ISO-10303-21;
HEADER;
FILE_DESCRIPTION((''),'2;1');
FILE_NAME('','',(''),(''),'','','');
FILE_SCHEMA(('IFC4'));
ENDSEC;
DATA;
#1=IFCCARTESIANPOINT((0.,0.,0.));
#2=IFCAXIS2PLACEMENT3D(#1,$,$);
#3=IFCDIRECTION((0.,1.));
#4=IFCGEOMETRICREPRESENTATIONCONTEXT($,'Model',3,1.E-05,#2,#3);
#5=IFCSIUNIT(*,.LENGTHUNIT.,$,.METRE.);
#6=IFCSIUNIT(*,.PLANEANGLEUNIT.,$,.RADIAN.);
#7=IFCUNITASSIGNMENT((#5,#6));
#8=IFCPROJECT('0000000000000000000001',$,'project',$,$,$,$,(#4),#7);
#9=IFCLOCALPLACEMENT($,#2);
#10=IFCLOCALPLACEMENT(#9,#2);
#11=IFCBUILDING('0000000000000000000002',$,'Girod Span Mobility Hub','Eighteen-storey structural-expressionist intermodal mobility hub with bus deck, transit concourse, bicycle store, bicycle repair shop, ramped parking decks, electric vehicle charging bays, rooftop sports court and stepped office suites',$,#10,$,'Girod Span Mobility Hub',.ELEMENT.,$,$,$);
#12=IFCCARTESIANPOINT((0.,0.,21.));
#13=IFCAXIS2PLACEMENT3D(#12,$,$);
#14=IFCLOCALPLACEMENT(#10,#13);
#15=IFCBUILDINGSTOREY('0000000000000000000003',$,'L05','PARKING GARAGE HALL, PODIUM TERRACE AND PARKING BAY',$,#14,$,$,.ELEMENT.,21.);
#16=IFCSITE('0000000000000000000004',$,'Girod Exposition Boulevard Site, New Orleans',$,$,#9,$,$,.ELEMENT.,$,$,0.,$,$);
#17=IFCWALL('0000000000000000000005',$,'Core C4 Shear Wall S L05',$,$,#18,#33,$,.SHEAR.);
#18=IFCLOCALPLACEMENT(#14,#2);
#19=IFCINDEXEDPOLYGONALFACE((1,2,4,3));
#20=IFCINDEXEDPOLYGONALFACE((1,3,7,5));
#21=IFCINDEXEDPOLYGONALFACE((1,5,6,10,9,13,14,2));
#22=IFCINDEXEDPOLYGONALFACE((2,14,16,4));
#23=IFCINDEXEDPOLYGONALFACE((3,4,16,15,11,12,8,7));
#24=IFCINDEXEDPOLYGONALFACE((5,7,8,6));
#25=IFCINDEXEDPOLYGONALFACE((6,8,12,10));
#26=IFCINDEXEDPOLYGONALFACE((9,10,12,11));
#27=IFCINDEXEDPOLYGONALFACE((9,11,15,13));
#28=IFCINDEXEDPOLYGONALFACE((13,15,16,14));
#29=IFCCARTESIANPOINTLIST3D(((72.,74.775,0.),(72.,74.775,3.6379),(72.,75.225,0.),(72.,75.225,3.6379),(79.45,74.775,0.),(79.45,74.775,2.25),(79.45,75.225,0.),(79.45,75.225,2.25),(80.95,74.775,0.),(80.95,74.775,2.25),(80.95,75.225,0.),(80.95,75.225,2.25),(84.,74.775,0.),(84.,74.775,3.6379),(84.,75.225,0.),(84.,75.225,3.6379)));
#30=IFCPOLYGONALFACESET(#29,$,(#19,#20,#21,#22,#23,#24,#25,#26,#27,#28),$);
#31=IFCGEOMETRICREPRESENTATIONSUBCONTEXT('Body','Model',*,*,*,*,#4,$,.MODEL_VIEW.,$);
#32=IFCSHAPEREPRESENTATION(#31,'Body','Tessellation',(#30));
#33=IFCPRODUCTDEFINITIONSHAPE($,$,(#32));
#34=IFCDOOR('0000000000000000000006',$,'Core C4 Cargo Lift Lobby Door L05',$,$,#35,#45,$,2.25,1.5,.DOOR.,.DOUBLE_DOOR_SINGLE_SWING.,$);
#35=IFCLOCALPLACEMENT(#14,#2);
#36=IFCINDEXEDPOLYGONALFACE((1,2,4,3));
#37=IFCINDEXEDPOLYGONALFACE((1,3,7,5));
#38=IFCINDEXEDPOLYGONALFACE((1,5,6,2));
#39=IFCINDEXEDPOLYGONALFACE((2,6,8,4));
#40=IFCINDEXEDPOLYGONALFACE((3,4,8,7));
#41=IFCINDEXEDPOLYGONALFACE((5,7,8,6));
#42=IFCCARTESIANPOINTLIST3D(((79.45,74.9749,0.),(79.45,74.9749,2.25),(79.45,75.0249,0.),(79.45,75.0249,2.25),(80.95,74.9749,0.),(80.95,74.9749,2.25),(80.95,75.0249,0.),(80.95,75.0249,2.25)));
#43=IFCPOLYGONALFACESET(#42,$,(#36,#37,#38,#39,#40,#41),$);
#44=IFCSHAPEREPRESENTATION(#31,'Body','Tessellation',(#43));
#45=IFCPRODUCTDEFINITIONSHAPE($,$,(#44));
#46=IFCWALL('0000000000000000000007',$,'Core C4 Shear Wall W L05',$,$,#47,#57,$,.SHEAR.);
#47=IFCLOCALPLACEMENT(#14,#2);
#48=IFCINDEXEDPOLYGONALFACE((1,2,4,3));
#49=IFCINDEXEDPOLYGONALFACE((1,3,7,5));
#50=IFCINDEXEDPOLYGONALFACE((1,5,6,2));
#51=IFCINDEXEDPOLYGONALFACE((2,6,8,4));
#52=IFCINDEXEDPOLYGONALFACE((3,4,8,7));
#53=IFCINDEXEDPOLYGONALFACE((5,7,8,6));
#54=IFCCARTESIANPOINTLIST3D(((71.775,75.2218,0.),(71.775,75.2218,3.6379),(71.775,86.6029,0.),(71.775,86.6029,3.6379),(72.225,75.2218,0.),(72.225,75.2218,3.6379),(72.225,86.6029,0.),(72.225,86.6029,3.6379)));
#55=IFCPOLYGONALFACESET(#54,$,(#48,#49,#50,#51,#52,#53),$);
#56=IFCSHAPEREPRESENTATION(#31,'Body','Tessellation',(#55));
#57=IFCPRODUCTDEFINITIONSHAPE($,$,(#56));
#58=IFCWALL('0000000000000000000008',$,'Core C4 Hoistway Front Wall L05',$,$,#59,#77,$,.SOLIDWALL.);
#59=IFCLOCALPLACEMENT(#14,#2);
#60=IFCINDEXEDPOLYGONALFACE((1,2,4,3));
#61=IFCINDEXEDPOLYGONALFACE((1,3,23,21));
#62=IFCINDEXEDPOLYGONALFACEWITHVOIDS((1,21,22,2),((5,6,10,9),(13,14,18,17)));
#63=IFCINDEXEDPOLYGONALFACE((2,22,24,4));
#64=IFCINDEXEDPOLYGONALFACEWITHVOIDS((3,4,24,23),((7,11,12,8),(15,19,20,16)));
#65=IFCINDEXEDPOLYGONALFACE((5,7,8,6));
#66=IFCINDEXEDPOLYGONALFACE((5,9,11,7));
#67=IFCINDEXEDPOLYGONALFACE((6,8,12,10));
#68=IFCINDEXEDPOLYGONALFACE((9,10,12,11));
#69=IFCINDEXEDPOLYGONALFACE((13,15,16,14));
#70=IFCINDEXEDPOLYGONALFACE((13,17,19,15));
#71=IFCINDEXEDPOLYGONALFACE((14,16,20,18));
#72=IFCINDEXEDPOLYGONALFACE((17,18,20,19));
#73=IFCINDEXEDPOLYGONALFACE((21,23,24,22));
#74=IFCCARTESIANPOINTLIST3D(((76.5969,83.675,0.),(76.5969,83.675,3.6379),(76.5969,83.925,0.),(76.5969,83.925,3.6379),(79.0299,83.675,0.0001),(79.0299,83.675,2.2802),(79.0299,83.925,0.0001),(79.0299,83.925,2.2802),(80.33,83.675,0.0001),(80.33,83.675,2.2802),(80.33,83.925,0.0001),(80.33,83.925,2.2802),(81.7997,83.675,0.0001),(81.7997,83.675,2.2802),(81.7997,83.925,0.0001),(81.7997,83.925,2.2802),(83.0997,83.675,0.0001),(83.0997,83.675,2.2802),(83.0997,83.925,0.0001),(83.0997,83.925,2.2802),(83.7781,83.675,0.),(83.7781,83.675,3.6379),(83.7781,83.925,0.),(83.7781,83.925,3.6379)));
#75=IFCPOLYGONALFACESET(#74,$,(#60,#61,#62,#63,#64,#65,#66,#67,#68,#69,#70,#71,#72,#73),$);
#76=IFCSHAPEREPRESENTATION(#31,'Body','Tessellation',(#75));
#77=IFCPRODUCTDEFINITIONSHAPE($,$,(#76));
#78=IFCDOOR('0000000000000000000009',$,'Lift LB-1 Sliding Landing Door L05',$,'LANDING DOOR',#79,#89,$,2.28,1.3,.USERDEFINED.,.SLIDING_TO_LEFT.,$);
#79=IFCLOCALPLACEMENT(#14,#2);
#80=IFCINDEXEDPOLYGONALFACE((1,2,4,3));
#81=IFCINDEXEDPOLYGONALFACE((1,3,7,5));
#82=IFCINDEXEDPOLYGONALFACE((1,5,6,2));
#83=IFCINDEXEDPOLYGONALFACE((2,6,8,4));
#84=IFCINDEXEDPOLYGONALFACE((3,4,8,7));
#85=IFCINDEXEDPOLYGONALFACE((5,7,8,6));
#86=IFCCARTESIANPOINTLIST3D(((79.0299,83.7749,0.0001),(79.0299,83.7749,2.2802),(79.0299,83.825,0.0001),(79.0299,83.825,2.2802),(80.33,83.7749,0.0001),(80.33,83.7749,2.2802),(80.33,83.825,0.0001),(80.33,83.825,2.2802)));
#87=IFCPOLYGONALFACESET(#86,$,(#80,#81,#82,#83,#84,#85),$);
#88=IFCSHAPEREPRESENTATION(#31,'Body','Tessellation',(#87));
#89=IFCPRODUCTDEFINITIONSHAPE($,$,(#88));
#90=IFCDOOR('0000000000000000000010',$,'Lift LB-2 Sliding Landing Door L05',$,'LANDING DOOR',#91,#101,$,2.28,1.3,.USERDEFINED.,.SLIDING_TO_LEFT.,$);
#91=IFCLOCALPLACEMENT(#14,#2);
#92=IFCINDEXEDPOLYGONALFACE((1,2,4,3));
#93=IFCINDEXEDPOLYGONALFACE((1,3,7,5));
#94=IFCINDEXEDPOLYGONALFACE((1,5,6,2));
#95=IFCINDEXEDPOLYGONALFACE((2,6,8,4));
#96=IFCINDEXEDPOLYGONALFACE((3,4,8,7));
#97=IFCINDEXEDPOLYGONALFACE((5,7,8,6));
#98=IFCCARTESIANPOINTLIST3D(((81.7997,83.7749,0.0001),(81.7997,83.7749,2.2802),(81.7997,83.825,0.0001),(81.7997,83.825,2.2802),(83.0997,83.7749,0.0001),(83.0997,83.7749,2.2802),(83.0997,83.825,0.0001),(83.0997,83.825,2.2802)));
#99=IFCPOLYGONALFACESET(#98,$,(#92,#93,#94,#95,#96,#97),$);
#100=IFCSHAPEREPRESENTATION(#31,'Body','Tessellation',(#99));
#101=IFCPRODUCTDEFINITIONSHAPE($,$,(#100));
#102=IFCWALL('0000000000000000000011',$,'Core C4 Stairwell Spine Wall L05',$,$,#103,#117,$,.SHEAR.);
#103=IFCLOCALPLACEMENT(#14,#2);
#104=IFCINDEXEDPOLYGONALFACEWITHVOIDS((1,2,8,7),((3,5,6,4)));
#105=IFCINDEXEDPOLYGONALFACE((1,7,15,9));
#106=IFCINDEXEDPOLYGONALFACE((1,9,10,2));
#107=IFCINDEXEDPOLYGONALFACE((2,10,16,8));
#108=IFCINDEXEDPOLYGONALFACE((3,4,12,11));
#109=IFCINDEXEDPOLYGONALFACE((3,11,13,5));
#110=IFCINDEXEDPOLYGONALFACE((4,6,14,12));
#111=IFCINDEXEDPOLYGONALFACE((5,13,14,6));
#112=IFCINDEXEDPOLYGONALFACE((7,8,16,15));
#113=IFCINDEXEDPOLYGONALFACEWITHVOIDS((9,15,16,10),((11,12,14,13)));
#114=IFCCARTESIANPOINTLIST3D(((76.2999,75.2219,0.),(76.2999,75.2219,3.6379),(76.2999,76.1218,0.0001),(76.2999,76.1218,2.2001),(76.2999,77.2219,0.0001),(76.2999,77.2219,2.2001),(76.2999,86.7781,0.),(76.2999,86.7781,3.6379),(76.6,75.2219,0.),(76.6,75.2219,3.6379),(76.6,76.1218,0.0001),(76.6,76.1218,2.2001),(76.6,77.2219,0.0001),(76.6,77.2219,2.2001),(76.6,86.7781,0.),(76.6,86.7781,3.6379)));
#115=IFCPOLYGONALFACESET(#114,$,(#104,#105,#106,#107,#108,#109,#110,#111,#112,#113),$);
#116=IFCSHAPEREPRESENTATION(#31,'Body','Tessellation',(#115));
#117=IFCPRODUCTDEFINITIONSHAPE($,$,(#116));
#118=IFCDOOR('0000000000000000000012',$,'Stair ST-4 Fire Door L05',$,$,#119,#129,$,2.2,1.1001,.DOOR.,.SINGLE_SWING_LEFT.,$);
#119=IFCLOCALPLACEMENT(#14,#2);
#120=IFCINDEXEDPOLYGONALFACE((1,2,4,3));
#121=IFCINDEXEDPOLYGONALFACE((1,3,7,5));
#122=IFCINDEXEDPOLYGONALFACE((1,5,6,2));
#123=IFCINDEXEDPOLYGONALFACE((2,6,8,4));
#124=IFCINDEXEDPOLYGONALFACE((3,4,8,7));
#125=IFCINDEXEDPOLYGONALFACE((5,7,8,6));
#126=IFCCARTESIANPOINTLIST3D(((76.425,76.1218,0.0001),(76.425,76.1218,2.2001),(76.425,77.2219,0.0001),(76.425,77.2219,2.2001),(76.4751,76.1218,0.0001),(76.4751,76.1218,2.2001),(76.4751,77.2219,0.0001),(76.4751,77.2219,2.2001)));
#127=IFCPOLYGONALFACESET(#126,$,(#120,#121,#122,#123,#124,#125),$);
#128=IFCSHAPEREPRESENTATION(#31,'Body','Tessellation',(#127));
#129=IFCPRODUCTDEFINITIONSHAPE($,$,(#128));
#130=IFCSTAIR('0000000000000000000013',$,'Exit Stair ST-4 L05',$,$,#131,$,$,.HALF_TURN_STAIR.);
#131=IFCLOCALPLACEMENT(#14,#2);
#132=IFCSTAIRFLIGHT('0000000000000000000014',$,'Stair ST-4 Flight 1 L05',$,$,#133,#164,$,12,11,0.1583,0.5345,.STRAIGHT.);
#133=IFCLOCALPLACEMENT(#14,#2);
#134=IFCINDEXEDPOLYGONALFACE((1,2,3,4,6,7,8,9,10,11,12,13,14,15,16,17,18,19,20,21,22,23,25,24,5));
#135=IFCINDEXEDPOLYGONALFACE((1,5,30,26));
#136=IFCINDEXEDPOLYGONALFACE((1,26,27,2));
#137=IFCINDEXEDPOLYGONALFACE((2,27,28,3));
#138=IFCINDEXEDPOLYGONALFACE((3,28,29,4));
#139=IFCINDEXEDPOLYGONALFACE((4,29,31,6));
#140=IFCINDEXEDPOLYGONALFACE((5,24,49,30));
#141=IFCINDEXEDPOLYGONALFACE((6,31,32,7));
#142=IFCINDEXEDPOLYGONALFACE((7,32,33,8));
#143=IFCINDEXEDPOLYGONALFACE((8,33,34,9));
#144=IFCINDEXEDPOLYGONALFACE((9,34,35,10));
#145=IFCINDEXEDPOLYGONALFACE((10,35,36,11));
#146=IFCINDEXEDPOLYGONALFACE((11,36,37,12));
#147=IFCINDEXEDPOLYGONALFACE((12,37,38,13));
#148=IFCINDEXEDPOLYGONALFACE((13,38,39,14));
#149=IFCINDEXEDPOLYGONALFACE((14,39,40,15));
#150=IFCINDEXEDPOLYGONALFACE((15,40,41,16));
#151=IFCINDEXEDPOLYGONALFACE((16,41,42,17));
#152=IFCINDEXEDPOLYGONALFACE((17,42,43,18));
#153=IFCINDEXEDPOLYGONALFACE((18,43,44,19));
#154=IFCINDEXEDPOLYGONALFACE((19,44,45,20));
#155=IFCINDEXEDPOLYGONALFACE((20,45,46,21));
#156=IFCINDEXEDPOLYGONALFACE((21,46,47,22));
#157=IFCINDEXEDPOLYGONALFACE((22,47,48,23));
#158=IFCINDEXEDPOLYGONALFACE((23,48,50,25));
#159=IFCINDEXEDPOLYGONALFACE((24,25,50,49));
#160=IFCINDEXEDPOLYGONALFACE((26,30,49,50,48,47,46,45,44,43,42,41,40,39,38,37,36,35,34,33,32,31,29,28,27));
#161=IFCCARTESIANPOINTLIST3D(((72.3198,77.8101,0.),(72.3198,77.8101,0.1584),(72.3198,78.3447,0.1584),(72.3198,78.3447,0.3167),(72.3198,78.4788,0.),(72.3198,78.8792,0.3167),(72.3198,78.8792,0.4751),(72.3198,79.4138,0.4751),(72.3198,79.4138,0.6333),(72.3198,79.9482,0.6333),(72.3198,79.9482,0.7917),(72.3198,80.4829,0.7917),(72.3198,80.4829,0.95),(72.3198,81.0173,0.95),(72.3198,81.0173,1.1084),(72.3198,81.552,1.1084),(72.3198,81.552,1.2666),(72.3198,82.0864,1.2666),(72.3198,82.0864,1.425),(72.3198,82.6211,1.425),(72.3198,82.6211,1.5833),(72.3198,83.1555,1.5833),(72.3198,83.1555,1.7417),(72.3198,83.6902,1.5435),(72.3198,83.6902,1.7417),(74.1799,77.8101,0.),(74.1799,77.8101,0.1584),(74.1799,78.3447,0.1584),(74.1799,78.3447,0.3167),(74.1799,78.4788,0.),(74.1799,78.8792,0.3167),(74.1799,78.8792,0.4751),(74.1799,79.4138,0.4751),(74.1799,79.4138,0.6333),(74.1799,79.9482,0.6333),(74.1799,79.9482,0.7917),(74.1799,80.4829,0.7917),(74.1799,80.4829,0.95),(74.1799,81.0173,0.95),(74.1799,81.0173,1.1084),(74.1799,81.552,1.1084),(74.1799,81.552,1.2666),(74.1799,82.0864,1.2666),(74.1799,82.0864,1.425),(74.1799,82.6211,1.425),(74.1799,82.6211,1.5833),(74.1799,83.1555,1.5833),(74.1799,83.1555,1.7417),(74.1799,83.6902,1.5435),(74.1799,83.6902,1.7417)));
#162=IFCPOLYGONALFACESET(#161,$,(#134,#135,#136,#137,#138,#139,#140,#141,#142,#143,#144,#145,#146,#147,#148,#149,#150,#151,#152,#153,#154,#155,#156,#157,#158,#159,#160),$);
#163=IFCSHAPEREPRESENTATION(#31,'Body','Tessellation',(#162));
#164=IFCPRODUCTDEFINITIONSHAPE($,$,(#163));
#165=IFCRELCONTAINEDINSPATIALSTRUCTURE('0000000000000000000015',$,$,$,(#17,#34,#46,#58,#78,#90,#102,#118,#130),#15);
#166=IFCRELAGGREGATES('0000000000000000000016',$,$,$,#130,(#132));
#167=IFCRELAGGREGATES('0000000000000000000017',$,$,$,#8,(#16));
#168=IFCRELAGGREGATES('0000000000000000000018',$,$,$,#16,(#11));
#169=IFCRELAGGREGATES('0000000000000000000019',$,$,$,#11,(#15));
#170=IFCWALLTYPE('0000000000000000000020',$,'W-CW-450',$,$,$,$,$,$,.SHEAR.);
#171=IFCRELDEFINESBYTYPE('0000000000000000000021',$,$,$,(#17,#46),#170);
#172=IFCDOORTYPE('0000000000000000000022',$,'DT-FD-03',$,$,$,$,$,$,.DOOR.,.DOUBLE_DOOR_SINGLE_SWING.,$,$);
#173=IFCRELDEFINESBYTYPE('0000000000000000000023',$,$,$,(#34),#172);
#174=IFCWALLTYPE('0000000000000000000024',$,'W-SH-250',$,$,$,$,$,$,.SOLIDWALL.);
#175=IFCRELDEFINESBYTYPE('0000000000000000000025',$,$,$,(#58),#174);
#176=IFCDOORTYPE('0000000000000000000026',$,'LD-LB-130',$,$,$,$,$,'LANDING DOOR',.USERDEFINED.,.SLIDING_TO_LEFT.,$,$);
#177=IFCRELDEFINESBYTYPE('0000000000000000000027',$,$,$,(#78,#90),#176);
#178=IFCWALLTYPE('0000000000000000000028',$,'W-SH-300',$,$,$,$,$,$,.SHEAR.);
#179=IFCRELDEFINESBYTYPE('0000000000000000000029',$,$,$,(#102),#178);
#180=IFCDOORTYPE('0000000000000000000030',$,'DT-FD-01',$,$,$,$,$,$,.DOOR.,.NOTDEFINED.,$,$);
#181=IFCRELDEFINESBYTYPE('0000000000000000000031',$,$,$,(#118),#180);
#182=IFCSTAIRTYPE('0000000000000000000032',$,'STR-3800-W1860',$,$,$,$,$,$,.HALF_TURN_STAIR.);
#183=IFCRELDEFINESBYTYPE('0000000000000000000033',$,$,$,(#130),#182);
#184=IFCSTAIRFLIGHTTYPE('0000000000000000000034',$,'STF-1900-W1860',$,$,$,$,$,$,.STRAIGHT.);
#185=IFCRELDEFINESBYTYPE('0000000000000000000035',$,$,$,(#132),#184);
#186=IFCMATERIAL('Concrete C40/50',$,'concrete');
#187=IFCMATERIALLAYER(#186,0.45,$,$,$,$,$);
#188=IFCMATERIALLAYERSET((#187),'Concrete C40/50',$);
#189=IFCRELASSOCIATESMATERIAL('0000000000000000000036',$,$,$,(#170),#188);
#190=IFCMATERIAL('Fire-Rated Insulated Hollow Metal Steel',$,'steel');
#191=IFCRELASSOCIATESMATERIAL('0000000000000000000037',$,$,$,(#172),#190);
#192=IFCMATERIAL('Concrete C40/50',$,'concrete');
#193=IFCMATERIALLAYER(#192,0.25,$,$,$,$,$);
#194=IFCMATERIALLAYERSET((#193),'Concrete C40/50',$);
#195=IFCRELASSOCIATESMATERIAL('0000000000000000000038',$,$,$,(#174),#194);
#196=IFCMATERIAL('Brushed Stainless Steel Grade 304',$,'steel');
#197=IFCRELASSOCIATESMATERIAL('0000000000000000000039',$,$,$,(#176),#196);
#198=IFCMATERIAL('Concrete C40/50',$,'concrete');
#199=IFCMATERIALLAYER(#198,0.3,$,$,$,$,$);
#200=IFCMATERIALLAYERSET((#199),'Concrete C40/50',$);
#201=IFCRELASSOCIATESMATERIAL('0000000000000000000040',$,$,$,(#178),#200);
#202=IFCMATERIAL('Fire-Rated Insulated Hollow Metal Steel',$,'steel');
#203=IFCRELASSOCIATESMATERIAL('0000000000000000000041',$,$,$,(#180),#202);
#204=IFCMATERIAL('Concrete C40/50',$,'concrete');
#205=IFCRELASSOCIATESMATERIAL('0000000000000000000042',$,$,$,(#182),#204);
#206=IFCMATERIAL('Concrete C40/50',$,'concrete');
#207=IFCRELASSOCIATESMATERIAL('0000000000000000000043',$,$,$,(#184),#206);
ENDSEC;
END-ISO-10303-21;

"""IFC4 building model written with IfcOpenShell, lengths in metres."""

from ifc_helpers import new_model, si_unit, direction, frame, frame_2d, origin, place, context, subcontext, project, spatial, polyline, rectangle, outline, extrude, material, layer, layer_set, type_object, element, fill, aggregate, save


model = new_model("IFC4")

# Units and contexts
model_context = context("Model", 3, precision=1e-05, world=origin(), true_north=direction((0.0, 1.0)))
body_context = subcontext(model_context, "Body", "Model", "MODEL_VIEW")
ifc_project = project(units=[si_unit("LENGTHUNIT", "METRE"), si_unit("PLANEANGLEUNIT", "RADIAN")], contexts=[model_context])

# Site, building, storey
site_placement = place(None, origin())
site = spatial("IfcSite", under=ifc_project, at=site_placement, Name="Girod Exposition Boulevard Site, New Orleans", CompositionType="ELEMENT", RefElevation=0.0)
building_placement = place(site_placement, origin())
building = spatial("IfcBuilding", under=site, at=building_placement, Name="Girod Span Mobility Hub", Description="Eighteen-storey structural-expressionist intermodal mobility hub with bus deck, transit concourse, bicycle store, bicycle repair shop, ramped parking decks, electric vehicle charging bays, rooftop sports court and stepped office suites", LongName="Girod Span Mobility Hub", CompositionType="ELEMENT")
storey_placement = place(building_placement, frame((0.0, 0.0, 21.0)))
storey = spatial("IfcBuildingStorey", under=building, at=storey_placement, Name="L05", Description="PARKING GARAGE HALL, PODIUM TERRACE AND PARKING BAY", CompositionType="ELEMENT", Elevation=21.0)

# Wall, opening, door
ifc_material_1 = material(Name="Concrete C40/50", Category="concrete")
ifc_layer_1 = layer(ifc_material_1, 0.45)
ifc_layer_set_1 = layer_set([ifc_layer_1], Name="Concrete C40/50")
wall_type_1 = type_object("IfcWallType", Name="W-CW-450", PredefinedType="SHEAR", material=ifc_layer_set_1)
wall_1_placement = place(storey_placement, frame((72.0, 75.0, 0.0), z_axis=(0.0, 0.0, 1.0), x_axis=(1.0, 0.0, 0.0)))
wall_1 = element("IfcWall", 1, at=wall_1_placement, inside=storey, type_object=wall_type_1, Name="Core C4 Shear Wall S L05", PredefinedType="SHEAR", context=body_context, shape_type="SweptSolid", body=[
    extrude(rectangle(XDim=12.0, YDim=0.45, at=frame_2d((6.0, 0.0))), origin(), (0.0, 0.0, 1.0), 3.6379),
])
opening_1_placement = place(wall_1_placement, frame((7.45, 0.0, 0.0)))
opening_1 = element("IfcOpeningElement", 2, at=opening_1_placement, cuts=wall_1, PredefinedType="OPENING", context=body_context, shape_type="SweptSolid", body=[
    extrude(rectangle(XDim=1.5, YDim=2.25, at=frame_2d((0.75, 1.125))), frame((0.0, 0.24, 0.0), z_axis=(0.0, -1.0, 0.0), x_axis=(1.0, 0.0, 0.0)), (0.0, 0.0, 1.0), 0.48),
])
ifc_material_2 = material(Name="Fire-Rated Insulated Hollow Metal Steel", Category="steel")
door_type_1 = type_object("IfcDoorType", Name="DT-FD-03", OperationType="DOUBLE_DOOR_SINGLE_SWING", PredefinedType="DOOR", material=ifc_material_2)
door_1_placement = place(opening_1_placement, origin())
door_1 = element("IfcDoor", 3, at=door_1_placement, inside=storey, type_object=door_type_1, Name="Core C4 Cargo Lift Lobby Door L05", OperationType="DOUBLE_DOOR_SINGLE_SWING", OverallHeight=2.25, OverallWidth=1.5, PredefinedType="DOOR", context=body_context, shape_type="SweptSolid", body=[
    extrude(rectangle(XDim=1.5, YDim=2.25, at=frame_2d((0.75, 1.125))), frame((0.0, 0.0249, 0.0), z_axis=(0.0, -1.0, 0.0), x_axis=(1.0, 0.0, 0.0)), (0.0, 0.0, 1.0), 0.05),
])
fill(opening_1, door_1)

# Wall
wall_2_placement = place(storey_placement, frame((72.0, 75.2219, 0.0), z_axis=(0.0, 0.0, 1.0), x_axis=(0.0, 1.0, 0.0)))
element("IfcWall", 4, at=wall_2_placement, inside=storey, type_object=wall_type_1, Name="Core C4 Shear Wall W L05", PredefinedType="SHEAR", context=body_context, shape_type="SweptSolid", body=[
    extrude(rectangle(XDim=11.3811, YDim=0.45, at=frame_2d((5.6904, 0.0))), origin(), (0.0, 0.0, 1.0), 3.6379),
])

# Wall, openings, doors
ifc_material_3 = material(Name="Concrete C40/50", Category="concrete")
ifc_layer_2 = layer(ifc_material_3, 0.25)
ifc_layer_set_2 = layer_set([ifc_layer_2], Name="Concrete C40/50")
wall_type_2 = type_object("IfcWallType", Name="W-SH-250", PredefinedType="SOLIDWALL", material=ifc_layer_set_2)
wall_3_placement = place(storey_placement, frame((76.5969, 83.8, 0.0), z_axis=(0.0, 0.0, 1.0), x_axis=(1.0, 0.0, 0.0)))
wall_3 = element("IfcWall", 5, at=wall_3_placement, inside=storey, type_object=wall_type_2, Name="Core C4 Hoistway Front Wall L05", PredefinedType="SOLIDWALL", context=body_context, shape_type="SweptSolid", body=[
    extrude(rectangle(XDim=7.1812, YDim=0.25, at=frame_2d((3.5906, 0.0))), origin(), (0.0, 0.0, 1.0), 3.6379),
])
opening_2_placement = place(wall_3_placement, frame((2.4331, 0.0, 0.0)))
opening_2 = element("IfcOpeningElement", 6, at=opening_2_placement, cuts=wall_3, PredefinedType="OPENING", context=body_context, shape_type="SweptSolid", body=[
    extrude(rectangle(XDim=1.3, YDim=2.28, at=frame_2d((0.6499, 1.1401))), frame((0.0, 0.1399, 0.0), z_axis=(0.0, -1.0, 0.0), x_axis=(1.0, 0.0, 0.0)), (0.0, 0.0, 1.0), 0.28),
])
opening_3_placement = place(wall_3_placement, frame((5.2029, 0.0, 0.0)))
opening_3 = element("IfcOpeningElement", 7, at=opening_3_placement, cuts=wall_3, PredefinedType="OPENING", context=body_context, shape_type="SweptSolid", body=[
    extrude(rectangle(XDim=1.3, YDim=2.28, at=frame_2d((0.6499, 1.1401))), frame((0.0, 0.1399, 0.0), z_axis=(0.0, -1.0, 0.0), x_axis=(1.0, 0.0, 0.0)), (0.0, 0.0, 1.0), 0.28),
])
ifc_material_4 = material(Name="Brushed Stainless Steel Grade 304", Category="steel")
door_type_2 = type_object("IfcDoorType", Name="LD-LB-130", ElementType="LANDING DOOR", OperationType="SLIDING_TO_LEFT", PredefinedType="USERDEFINED", material=ifc_material_4)
door_2_placement = place(opening_2_placement, origin())
door_2 = element("IfcDoor", 8, at=door_2_placement, inside=storey, type_object=door_type_2, Name="Lift LB-1 Sliding Landing Door L05", ObjectType="LANDING DOOR", OperationType="SLIDING_TO_LEFT", OverallHeight=2.28, OverallWidth=1.3, PredefinedType="USERDEFINED", context=body_context, shape_type="SweptSolid", body=[
    extrude(rectangle(XDim=1.3, YDim=2.28, at=frame_2d((0.6499, 1.1401))), frame((0.0, 0.0249, 0.0), z_axis=(0.0, -1.0, 0.0), x_axis=(1.0, 0.0, 0.0)), (0.0, 0.0, 1.0), 0.05),
])
fill(opening_2, door_2)
door_3_placement = place(opening_3_placement, origin())
door_3 = element("IfcDoor", 9, at=door_3_placement, inside=storey, type_object=door_type_2, Name="Lift LB-2 Sliding Landing Door L05", ObjectType="LANDING DOOR", OperationType="SLIDING_TO_LEFT", OverallHeight=2.28, OverallWidth=1.3, PredefinedType="USERDEFINED", context=body_context, shape_type="SweptSolid", body=[
    extrude(rectangle(XDim=1.3, YDim=2.28, at=frame_2d((0.6499, 1.1401))), frame((0.0, 0.0249, 0.0), z_axis=(0.0, -1.0, 0.0), x_axis=(1.0, 0.0, 0.0)), (0.0, 0.0, 1.0), 0.05),
])
fill(opening_3, door_3)

# Wall, opening, door
ifc_material_5 = material(Name="Concrete C40/50", Category="concrete")
ifc_layer_3 = layer(ifc_material_5, 0.3)
ifc_layer_set_3 = layer_set([ifc_layer_3], Name="Concrete C40/50")
wall_type_3 = type_object("IfcWallType", Name="W-SH-300", PredefinedType="SHEAR", material=ifc_layer_set_3)
wall_4_placement = place(storey_placement, frame((76.45, 75.2219, 0.0), z_axis=(0.0, 0.0, 1.0), x_axis=(0.0, 1.0, 0.0)))
wall_4 = element("IfcWall", 10, at=wall_4_placement, inside=storey, type_object=wall_type_3, Name="Core C4 Stairwell Spine Wall L05", PredefinedType="SHEAR", context=body_context, shape_type="SweptSolid", body=[
    extrude(rectangle(XDim=11.5562, YDim=0.3, at=frame_2d((5.7781, 0.0))), origin(), (0.0, 0.0, 1.0), 3.6379),
])
opening_4_placement = place(wall_4_placement, frame((0.8999, 0.0, 0.0)))
opening_4 = element("IfcOpeningElement", 11, at=opening_4_placement, cuts=wall_4, PredefinedType="OPENING", context=body_context, shape_type="SweptSolid", body=[
    extrude(rectangle(XDim=1.1001, YDim=2.2, at=frame_2d((0.55, 1.1001))), frame((0.0, 0.165, 0.0), z_axis=(0.0, -1.0, 0.0), x_axis=(1.0, 0.0, 0.0)), (0.0, 0.0, 1.0), 0.3301),
])
ifc_material_6 = material(Name="Fire-Rated Insulated Hollow Metal Steel", Category="steel")
door_type_3 = type_object("IfcDoorType", Name="DT-FD-01", OperationType="NOTDEFINED", PredefinedType="DOOR", material=ifc_material_6)
door_4_placement = place(opening_4_placement, origin())
door_4 = element("IfcDoor", 12, at=door_4_placement, inside=storey, type_object=door_type_3, Name="Stair ST-4 Fire Door L05", OperationType="SINGLE_SWING_LEFT", OverallHeight=2.2, OverallWidth=1.1001, PredefinedType="DOOR", context=body_context, shape_type="SweptSolid", body=[
    extrude(rectangle(XDim=1.1001, YDim=2.2, at=frame_2d((0.55, 1.1001))), frame((0.0, 0.0249, 0.0), z_axis=(0.0, -1.0, 0.0), x_axis=(1.0, 0.0, 0.0)), (0.0, 0.0, 1.0), 0.05),
])
fill(opening_4, door_4)

# Stair, stair flight
ifc_material_7 = material(Name="Concrete C40/50", Category="concrete")
stair_type = type_object("IfcStairType", Name="STR-3800-W1860", PredefinedType="HALF_TURN_STAIR", material=ifc_material_7)
stair_placement = place(storey_placement, origin())
stair = element("IfcStair", 13, at=stair_placement, inside=storey, type_object=stair_type, Name="Exit Stair ST-4 L05", PredefinedType="HALF_TURN_STAIR")
ifc_material_8 = material(Name="Concrete C40/50", Category="concrete")
stair_flight_type = type_object("IfcStairFlightType", Name="STF-1900-W1860", PredefinedType="STRAIGHT", material=ifc_material_8)
stair_flight_1_placement = place(storey_placement, frame((73.25, 77.8101, 0.0), z_axis=(0.0, 0.0, 1.0), x_axis=(0.0, 1.0, 0.0)))
stair_flight_1 = element("IfcStairFlight", 14, at=stair_flight_1_placement, type_object=stair_flight_type, Name="Stair ST-4 Flight 1 L05", NumberOfRisers=12, NumberOfTreads=11, PredefinedType="STRAIGHT", RiserHeight=0.1583, TreadLength=0.5345, context=body_context, shape_type="SweptSolid", body=[
    extrude(outline(polyline([(0.0, 0.0), (0.0, 0.1584), (0.5347, 0.1584), (0.5347, 0.3167), (1.0691, 0.3167), (1.0691, 0.4751), (1.6038, 0.4751), (1.6038, 0.6333), (2.1382, 0.6333), (2.1382, 0.7917), (2.6729, 0.7917), (2.6729, 0.95), (3.2073, 0.95), (3.2073, 1.1084), (3.7419, 1.1084), (3.7419, 1.2666), (4.2764, 1.2666), (4.2764, 1.425), (4.811, 1.425), (4.811, 1.5833), (5.3455, 1.5833), (5.3455, 1.7417), (5.8801, 1.7417), (5.8801, 1.8999), (5.8801, 1.5435), (0.6687, 0.0), (0.0, 0.0)])), frame((0.0, 0.9302, 0.0), z_axis=(0.0, -1.0, 0.0), x_axis=(1.0, 0.0, 0.0)), (0.0, 0.0, 1.0), 1.8601),
])
aggregate(stair, [stair_flight_1])

save(model, "model.ifc")
